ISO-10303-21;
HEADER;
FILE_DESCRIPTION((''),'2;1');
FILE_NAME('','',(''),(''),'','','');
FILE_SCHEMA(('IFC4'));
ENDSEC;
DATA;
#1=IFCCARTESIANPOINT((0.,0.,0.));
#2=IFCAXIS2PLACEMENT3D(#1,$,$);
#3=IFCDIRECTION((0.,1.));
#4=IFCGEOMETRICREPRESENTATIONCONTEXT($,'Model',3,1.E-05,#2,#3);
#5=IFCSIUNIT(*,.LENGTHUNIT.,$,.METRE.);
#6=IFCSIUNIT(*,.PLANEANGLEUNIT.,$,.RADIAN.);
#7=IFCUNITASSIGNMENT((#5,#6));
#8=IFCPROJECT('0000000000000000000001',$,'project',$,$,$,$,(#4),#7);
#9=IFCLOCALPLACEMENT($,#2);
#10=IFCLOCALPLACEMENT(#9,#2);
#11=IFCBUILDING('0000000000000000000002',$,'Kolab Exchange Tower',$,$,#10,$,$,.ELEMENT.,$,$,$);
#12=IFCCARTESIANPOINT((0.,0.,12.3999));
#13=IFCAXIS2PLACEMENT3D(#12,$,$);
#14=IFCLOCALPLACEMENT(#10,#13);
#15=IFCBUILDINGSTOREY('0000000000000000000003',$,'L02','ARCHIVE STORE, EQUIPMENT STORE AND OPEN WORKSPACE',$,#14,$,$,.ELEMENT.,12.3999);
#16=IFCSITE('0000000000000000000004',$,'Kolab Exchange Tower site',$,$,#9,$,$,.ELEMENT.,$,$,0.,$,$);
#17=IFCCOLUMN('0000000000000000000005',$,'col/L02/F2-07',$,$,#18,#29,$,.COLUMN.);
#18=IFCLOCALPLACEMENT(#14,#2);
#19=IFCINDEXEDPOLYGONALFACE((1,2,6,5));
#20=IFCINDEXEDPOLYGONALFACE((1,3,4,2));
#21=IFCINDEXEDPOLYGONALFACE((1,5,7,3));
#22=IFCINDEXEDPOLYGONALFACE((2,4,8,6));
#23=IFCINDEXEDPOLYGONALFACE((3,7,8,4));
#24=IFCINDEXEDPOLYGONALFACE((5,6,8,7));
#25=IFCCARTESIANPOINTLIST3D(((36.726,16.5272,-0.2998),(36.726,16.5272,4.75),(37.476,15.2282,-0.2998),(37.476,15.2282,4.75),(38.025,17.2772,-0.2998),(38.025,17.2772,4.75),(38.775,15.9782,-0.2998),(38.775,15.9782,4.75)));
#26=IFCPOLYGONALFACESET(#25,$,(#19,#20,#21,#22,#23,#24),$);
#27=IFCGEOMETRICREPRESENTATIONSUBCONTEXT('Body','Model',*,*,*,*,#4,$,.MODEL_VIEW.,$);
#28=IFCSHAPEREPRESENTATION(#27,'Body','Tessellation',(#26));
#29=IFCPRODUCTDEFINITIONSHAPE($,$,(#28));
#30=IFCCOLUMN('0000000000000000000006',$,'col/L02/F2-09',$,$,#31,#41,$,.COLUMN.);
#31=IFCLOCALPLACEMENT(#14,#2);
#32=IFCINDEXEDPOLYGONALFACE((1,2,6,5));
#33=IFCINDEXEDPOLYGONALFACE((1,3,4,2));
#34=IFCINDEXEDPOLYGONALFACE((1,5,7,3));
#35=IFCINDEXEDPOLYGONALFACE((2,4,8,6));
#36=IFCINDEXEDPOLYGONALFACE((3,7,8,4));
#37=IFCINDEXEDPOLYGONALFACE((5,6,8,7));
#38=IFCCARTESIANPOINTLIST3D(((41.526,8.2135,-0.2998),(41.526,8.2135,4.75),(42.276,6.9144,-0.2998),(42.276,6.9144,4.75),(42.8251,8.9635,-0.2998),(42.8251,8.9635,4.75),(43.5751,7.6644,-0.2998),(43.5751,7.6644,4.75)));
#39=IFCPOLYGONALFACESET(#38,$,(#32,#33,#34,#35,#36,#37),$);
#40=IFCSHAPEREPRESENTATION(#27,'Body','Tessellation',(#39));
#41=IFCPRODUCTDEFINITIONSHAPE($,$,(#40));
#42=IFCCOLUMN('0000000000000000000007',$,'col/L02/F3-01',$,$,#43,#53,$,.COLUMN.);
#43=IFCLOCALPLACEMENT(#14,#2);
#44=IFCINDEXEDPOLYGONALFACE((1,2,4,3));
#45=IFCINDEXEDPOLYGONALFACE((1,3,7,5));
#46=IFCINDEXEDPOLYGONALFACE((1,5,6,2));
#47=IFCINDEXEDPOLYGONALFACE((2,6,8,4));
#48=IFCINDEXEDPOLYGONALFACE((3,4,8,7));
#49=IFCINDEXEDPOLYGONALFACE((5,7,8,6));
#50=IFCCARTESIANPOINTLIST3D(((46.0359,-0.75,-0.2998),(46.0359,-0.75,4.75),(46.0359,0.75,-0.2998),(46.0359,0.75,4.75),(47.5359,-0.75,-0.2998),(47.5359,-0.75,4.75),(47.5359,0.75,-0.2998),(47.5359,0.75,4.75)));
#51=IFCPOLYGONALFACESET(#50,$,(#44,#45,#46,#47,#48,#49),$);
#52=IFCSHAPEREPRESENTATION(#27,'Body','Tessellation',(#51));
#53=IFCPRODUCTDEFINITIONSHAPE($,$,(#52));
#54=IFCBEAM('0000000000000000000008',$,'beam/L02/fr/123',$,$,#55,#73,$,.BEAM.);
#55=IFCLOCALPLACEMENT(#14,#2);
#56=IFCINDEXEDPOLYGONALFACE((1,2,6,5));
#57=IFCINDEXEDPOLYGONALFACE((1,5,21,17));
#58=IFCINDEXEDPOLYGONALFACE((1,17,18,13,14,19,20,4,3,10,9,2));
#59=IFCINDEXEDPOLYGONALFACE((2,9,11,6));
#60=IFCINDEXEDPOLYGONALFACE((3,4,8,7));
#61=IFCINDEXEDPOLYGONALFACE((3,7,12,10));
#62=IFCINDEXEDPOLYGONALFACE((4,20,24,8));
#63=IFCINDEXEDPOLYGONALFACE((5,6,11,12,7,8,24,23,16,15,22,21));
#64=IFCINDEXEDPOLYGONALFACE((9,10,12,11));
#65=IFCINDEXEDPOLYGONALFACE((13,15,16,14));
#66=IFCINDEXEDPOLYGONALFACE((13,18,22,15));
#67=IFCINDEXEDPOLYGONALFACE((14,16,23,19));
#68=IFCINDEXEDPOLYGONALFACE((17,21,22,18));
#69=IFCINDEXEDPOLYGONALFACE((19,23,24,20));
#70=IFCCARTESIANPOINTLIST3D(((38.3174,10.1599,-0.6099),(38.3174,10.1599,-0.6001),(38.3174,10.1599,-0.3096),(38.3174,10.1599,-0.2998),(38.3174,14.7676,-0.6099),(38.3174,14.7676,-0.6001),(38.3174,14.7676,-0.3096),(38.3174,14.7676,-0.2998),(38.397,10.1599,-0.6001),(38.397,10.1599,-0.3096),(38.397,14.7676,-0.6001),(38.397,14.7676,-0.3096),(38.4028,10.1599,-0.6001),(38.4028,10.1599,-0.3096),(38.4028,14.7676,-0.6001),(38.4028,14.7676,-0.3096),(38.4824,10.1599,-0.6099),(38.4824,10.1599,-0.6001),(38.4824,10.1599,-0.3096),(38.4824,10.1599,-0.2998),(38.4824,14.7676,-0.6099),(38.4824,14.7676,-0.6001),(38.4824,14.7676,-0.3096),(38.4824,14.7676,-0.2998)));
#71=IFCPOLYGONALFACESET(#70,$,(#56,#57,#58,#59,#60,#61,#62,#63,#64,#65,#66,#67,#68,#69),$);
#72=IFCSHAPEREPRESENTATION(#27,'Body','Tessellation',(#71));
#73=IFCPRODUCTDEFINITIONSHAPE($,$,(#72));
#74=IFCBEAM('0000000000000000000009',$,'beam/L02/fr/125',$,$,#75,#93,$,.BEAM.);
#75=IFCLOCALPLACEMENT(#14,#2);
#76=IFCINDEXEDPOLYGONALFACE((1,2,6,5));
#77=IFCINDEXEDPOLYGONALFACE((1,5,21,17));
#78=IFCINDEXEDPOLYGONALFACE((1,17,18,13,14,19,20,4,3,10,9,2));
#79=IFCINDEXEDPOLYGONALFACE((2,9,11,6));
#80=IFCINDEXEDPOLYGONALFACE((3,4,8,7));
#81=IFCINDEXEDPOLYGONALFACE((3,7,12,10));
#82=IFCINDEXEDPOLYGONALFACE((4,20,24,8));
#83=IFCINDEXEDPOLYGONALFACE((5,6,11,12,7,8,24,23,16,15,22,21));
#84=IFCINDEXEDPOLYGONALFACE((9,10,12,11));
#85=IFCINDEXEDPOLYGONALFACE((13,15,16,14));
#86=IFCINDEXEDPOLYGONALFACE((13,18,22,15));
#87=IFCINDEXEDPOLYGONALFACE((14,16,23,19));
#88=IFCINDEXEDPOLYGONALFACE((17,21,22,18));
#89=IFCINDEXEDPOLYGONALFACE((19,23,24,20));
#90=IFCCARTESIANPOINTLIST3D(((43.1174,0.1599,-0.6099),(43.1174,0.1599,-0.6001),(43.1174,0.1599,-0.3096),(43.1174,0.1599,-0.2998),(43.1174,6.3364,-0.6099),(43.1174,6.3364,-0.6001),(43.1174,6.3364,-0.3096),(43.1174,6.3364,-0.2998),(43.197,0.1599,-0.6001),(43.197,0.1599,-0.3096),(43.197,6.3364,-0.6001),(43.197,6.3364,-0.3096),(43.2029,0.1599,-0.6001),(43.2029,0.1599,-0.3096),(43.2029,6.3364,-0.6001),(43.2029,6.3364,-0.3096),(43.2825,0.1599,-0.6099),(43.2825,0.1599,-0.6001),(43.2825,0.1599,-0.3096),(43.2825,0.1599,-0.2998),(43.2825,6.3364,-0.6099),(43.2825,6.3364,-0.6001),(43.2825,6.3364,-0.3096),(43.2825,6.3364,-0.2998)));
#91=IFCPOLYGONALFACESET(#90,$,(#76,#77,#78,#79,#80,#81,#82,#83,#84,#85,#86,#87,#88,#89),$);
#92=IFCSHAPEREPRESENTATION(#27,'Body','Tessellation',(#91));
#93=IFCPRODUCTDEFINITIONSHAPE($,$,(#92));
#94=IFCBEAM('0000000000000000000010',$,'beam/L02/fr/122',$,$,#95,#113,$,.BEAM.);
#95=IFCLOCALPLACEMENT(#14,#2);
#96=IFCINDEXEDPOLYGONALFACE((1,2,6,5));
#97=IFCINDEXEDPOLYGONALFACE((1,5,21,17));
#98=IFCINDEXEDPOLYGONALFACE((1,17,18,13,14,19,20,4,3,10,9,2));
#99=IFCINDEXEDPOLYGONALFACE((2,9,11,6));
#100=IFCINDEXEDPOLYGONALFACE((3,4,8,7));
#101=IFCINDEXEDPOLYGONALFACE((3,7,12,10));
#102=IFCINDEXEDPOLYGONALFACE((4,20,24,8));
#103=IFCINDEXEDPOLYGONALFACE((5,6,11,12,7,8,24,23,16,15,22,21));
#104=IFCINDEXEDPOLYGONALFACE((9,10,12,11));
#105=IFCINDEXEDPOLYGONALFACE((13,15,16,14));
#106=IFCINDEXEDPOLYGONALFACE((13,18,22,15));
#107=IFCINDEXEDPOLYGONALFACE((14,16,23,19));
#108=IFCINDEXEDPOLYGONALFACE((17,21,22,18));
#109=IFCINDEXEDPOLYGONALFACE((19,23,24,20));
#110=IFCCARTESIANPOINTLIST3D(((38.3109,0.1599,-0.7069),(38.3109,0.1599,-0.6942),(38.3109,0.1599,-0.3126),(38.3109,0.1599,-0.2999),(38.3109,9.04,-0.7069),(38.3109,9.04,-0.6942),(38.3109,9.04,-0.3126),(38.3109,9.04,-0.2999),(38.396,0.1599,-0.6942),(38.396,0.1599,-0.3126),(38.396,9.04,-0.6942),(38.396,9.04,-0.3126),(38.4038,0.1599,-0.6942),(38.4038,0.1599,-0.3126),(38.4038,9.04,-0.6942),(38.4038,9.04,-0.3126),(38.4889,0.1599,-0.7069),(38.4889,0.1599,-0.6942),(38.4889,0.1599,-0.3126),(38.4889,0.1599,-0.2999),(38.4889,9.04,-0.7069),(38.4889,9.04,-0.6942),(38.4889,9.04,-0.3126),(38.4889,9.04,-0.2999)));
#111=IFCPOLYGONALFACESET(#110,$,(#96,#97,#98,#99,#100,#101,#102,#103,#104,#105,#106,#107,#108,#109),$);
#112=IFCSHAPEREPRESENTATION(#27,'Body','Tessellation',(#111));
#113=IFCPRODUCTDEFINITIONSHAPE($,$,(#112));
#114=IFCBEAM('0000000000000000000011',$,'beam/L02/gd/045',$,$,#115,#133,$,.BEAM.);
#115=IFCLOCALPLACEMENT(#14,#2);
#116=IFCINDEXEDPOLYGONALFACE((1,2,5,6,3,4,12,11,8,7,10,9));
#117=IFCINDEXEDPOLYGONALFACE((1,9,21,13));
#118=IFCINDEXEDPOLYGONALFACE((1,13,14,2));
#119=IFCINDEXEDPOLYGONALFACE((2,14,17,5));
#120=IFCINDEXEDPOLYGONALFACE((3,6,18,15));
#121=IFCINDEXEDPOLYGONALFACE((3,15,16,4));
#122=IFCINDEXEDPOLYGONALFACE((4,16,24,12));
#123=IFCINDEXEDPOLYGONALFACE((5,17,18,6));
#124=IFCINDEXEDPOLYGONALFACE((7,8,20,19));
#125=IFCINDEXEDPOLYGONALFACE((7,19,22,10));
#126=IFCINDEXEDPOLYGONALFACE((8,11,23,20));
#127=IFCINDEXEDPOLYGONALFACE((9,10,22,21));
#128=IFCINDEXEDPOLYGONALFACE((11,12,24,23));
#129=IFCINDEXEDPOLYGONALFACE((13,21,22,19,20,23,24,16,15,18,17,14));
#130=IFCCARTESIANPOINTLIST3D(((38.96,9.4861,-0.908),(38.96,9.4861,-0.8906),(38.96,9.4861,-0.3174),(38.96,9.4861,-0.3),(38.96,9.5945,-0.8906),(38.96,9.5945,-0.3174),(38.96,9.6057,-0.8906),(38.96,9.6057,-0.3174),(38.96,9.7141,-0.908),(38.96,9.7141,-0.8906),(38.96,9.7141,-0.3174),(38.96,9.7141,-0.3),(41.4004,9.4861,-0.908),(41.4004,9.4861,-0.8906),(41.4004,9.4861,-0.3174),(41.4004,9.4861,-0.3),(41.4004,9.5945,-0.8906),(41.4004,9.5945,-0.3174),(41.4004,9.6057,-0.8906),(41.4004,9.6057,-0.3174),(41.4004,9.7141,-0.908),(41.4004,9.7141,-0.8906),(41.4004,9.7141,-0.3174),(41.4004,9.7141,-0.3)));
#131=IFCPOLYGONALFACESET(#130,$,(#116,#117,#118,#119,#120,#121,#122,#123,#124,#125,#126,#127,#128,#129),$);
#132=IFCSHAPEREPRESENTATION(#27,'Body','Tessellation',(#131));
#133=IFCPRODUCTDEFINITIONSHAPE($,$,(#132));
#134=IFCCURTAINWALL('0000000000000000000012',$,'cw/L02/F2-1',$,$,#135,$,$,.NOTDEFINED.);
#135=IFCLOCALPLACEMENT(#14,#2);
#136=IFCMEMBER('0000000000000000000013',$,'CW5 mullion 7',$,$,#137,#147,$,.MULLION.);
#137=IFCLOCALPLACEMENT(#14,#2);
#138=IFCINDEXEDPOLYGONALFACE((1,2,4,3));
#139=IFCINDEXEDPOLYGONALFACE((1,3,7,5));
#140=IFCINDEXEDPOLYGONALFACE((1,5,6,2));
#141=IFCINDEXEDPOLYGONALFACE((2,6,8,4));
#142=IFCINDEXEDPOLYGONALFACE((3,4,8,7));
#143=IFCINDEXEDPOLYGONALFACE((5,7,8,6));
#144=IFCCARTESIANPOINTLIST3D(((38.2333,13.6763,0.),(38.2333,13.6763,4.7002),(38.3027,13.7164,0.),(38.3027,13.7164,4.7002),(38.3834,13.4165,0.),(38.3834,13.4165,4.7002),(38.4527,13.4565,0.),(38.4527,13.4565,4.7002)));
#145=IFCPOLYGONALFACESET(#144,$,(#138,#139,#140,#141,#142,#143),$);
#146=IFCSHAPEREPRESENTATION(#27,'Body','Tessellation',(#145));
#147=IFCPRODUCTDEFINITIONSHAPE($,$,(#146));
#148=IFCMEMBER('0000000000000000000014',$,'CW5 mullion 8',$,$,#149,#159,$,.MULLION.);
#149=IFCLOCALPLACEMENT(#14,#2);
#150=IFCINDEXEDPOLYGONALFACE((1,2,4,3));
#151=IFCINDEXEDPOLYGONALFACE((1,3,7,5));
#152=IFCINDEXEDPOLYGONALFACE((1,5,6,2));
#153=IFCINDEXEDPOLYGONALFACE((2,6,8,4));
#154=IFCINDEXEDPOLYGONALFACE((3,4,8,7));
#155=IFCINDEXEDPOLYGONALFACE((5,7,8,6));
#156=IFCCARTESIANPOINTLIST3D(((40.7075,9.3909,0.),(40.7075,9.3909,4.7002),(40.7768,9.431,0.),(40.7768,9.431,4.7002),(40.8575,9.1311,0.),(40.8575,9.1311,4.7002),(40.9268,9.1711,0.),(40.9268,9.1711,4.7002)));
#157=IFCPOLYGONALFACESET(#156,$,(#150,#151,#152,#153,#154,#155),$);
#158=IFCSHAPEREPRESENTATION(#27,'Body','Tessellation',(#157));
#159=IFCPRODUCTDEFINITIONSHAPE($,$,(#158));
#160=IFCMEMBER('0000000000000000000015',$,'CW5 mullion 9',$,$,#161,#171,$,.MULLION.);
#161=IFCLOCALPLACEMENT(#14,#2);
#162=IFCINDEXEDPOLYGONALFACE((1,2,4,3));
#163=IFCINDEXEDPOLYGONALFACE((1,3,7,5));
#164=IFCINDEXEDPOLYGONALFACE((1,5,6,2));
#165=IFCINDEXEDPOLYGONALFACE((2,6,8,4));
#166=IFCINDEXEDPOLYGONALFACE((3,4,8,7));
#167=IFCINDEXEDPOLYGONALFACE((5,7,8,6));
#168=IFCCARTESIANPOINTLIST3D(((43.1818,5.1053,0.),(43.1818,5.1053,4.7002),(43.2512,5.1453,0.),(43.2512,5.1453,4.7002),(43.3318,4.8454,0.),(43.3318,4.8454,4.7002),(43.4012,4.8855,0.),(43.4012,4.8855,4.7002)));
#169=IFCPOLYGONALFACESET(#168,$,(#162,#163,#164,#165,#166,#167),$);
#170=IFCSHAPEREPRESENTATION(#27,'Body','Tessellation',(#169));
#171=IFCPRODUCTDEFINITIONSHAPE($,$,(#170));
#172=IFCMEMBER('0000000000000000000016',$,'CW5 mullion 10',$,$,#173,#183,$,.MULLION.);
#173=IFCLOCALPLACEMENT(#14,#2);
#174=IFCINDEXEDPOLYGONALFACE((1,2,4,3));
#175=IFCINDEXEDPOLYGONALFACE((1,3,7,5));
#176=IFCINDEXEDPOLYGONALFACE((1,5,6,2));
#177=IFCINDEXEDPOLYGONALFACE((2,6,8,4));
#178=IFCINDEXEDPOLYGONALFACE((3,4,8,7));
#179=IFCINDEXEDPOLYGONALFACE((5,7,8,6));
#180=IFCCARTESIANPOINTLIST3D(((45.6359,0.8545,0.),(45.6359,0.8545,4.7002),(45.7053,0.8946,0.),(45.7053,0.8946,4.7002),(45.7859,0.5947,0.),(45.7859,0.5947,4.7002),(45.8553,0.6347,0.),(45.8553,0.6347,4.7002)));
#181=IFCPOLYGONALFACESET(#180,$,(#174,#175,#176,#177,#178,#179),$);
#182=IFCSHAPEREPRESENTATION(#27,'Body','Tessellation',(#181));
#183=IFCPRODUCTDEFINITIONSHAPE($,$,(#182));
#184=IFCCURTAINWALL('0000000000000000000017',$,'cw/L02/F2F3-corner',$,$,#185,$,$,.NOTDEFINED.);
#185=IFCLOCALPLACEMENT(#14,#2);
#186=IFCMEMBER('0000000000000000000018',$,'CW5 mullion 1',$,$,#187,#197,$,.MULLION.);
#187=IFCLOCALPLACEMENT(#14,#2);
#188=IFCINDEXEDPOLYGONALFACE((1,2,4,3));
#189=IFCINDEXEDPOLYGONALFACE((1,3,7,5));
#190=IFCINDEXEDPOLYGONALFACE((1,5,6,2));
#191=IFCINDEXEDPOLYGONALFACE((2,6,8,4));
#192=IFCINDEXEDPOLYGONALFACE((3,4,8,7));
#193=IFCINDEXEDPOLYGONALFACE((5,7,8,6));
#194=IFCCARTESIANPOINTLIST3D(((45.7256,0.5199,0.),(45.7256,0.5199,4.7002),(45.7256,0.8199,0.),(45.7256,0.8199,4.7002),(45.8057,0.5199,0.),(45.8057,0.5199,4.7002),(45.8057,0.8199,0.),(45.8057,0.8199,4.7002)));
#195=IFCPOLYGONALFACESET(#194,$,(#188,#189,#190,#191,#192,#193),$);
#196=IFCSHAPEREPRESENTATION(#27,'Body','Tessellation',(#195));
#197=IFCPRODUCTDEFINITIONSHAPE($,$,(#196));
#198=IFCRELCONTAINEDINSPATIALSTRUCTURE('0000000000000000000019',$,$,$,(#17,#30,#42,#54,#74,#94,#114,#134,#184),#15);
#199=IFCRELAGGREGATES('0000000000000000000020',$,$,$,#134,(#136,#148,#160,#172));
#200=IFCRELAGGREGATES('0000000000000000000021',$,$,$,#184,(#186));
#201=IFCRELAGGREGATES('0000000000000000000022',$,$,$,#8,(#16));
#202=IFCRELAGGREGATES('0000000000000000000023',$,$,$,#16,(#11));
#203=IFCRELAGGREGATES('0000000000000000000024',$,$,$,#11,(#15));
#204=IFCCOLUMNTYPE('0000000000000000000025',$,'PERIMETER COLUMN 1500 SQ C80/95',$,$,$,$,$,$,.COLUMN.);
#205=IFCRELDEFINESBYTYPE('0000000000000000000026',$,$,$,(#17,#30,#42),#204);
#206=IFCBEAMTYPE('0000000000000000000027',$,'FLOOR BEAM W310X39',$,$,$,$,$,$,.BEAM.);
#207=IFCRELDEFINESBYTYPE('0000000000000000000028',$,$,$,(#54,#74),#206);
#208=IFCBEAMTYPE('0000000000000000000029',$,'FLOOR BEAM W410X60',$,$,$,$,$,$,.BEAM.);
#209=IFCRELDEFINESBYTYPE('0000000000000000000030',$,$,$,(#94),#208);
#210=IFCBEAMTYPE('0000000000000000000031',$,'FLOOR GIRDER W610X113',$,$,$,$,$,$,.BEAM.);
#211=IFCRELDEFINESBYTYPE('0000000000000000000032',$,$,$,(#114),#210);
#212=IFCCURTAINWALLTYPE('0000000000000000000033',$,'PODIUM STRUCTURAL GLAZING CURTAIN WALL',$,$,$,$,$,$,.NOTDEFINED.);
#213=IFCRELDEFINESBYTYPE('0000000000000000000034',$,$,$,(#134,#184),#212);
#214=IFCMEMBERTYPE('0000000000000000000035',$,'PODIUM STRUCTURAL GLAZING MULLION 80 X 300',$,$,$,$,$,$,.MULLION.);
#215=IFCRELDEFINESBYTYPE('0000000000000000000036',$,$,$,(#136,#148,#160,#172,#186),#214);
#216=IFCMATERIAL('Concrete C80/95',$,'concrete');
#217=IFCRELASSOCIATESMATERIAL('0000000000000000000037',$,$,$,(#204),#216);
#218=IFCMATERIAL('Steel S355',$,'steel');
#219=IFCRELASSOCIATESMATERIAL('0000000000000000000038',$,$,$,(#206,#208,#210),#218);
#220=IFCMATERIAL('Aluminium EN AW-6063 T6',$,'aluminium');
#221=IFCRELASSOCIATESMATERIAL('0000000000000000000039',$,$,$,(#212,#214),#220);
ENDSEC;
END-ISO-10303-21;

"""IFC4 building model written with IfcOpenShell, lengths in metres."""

from ifc_helpers import new_model, si_unit, direction, frame, origin, origin_2d, place, context, subcontext, project, spatial, rectangle, i_section, extrude, material, material_profile, profile_set, type_object, element, aggregate, save


model = new_model("IFC4")

# Units and contexts
model_context = context("Model", 3, precision=1e-05, world=origin(), true_north=direction((0.0, 1.0)))
body_context = subcontext(model_context, "Body", "Model", "MODEL_VIEW")
ifc_project = project(units=[si_unit("LENGTHUNIT", "METRE"), si_unit("PLANEANGLEUNIT", "RADIAN")], contexts=[model_context])

# Site, building, storey
site_placement = place(None, origin())
site = spatial("IfcSite", under=ifc_project, at=site_placement, Name="Kolab Exchange Tower site", CompositionType="ELEMENT", RefElevation=0.0)
building_placement = place(site_placement, origin())
building = spatial("IfcBuilding", under=site, at=building_placement, Name="Kolab Exchange Tower", CompositionType="ELEMENT")
storey_placement = place(building_placement, frame((0.0, 0.0, 12.3999)))
storey = spatial("IfcBuildingStorey", under=building, at=storey_placement, Name="L02", Description="ARCHIVE STORE, EQUIPMENT STORE AND OPEN WORKSPACE", CompositionType="ELEMENT", Elevation=12.3999)

# Columns
ifc_material_1 = material(Name="Concrete C80/95", Category="concrete")
ifc_material_profile_1 = material_profile(ifc_material_1, rectangle(XDim=1.5, YDim=1.5, at=origin_2d()), Name="RC1500")
ifc_profile_set_1 = profile_set([ifc_material_profile_1], Name="Concrete C80/95")
column_type = type_object("IfcColumnType", Name="PERIMETER COLUMN 1500 SQ C80/95", PredefinedType="COLUMN", material=ifc_profile_set_1)
for number, where, z_axis, x_axis, name in (
    (1, (37.7505, 16.2527, -0.2998), (0.0, 0.0, 1.0), (0.866025, 0.5, 0.0), "col/L02/F2-07"),
    (2, (42.5505, 7.939, -0.2998), (0.0, 0.0, 1.0), (0.866025, 0.5, 0.0), "col/L02/F2-09"),
    (3, (46.7859, 0.0, -0.2998), (0.0, 0.0, 1.0), (1.0, 0.0, 0.0), "col/L02/F3-01"),
):
    element("IfcColumn", number, at=place(storey_placement, frame(where, z_axis=z_axis, x_axis=x_axis)), inside=storey, type_object=column_type, Name=name, PredefinedType="COLUMN", context=body_context, shape_type="SweptSolid", body=[
        extrude(rectangle(XDim=1.5, YDim=1.5, at=origin_2d()), origin(), (0.0, 0.0, 1.0), 5.0498),
    ])

# Beams
ifc_material_2 = material(Name="Steel S355", Category="steel")
ifc_material_profile_2 = material_profile(ifc_material_2, i_section(OverallWidth=0.165, OverallDepth=0.3101, WebThickness=0.0059, FlangeThickness=0.0098, at=origin_2d()), Name="W310X39")
ifc_profile_set_2 = profile_set([ifc_material_profile_2], Name="Steel S355")
beam_type_1 = type_object("IfcBeamType", Name="FLOOR BEAM W310X39", PredefinedType="BEAM", material=ifc_profile_set_2)
beam_1_placement = place(storey_placement, frame((38.3999, 10.1599, -0.4548), z_axis=(0.0, 1.0, 0.0), x_axis=(-1.0, 0.0, 0.0)))
element("IfcBeam", 4, at=beam_1_placement, inside=storey, type_object=beam_type_1, Name="beam/L02/fr/123", PredefinedType="BEAM", context=body_context, shape_type="SweptSolid", body=[
    extrude(i_section(OverallWidth=0.165, OverallDepth=0.3101, WebThickness=0.0059, FlangeThickness=0.0098, at=origin_2d()), origin(), (0.0, 0.0, 1.0), 4.6077),
])
beam_2_placement = place(storey_placement, frame((43.2, 0.1599, -0.4548), z_axis=(0.0, 1.0, 0.0), x_axis=(-1.0, 0.0, 0.0)))
element("IfcBeam", 5, at=beam_2_placement, inside=storey, type_object=beam_type_1, Name="beam/L02/fr/125", PredefinedType="BEAM", context=body_context, shape_type="SweptSolid", body=[
    extrude(i_section(OverallWidth=0.165, OverallDepth=0.3101, WebThickness=0.0059, FlangeThickness=0.0098, at=origin_2d()), origin(), (0.0, 0.0, 1.0), 6.1765),
])
ifc_material_profile_3 = material_profile(ifc_material_2, i_section(OverallWidth=0.178, OverallDepth=0.407, WebThickness=0.0078, FlangeThickness=0.0127, at=origin_2d()), Name="W410X60")
ifc_profile_set_3 = profile_set([ifc_material_profile_3], Name="Steel S355")
beam_type_2 = type_object("IfcBeamType", Name="FLOOR BEAM W410X60", PredefinedType="BEAM", material=ifc_profile_set_3)
beam_3_placement = place(storey_placement, frame((38.3999, 0.1599, -0.5034), z_axis=(0.0, 1.0, 0.0), x_axis=(-1.0, 0.0, 0.0)))
element("IfcBeam", 6, at=beam_3_placement, inside=storey, type_object=beam_type_2, Name="beam/L02/fr/122", PredefinedType="BEAM", context=body_context, shape_type="SweptSolid", body=[
    extrude(i_section(OverallWidth=0.178, OverallDepth=0.407, WebThickness=0.0078, FlangeThickness=0.0127, at=origin_2d()), origin(), (0.0, 0.0, 1.0), 8.8801),
])
ifc_material_profile_4 = material_profile(ifc_material_2, i_section(OverallWidth=0.228, OverallDepth=0.6079, WebThickness=0.0112, FlangeThickness=0.0173, at=origin_2d()), Name="W610X113")
ifc_profile_set_4 = profile_set([ifc_material_profile_4], Name="Steel S355")
beam_type_3 = type_object("IfcBeamType", Name="FLOOR GIRDER W610X113", PredefinedType="BEAM", material=ifc_profile_set_4)
beam_4_placement = place(storey_placement, frame((38.96, 9.6001, -0.604), z_axis=(1.0, 0.0, 0.0), x_axis=(0.0, 1.0, 0.0)))
element("IfcBeam", 7, at=beam_4_placement, inside=storey, type_object=beam_type_3, Name="beam/L02/gd/045", PredefinedType="BEAM", context=body_context, shape_type="SweptSolid", body=[
    extrude(i_section(OverallWidth=0.228, OverallDepth=0.6079, WebThickness=0.0112, FlangeThickness=0.0173, at=origin_2d()), origin(), (0.0, 0.0, 1.0), 2.4404),
])

# Curtain wall, members
ifc_material_3 = material(Name="Aluminium EN AW-6063 T6", Category="aluminium")
curtain_wall_type = type_object("IfcCurtainWallType", Name="PODIUM STRUCTURAL GLAZING CURTAIN WALL", PredefinedType="NOTDEFINED", material=ifc_material_3)
curtain_wall_1_placement = place(storey_placement, origin())
curtain_wall_1 = element("IfcCurtainWall", 8, at=curtain_wall_1_placement, inside=storey, type_object=curtain_wall_type, Name="cw/L02/F2-1", PredefinedType="NOTDEFINED")
ifc_material_profile_5 = material_profile(ifc_material_3, rectangle(XDim=0.0801, YDim=0.3, at=origin_2d()), Name="RECT 80X300")
ifc_profile_set_5 = profile_set([ifc_material_profile_5], Name="Aluminium EN AW-6063 T6")
member_type_1 = type_object("IfcMemberType", Name="PODIUM STRUCTURAL GLAZING MULLION 80 X 300", PredefinedType="MULLION", material=ifc_profile_set_5)
member_1_placement = place(storey_placement, frame((38.343, 13.5664, 0.0), z_axis=(0.0, 0.0, 1.0), x_axis=(0.866025, 0.5, 0.0)))
member_1 = element("IfcMember", 9, at=member_1_placement, type_object=member_type_1, Name="CW5 mullion 7", PredefinedType="MULLION", context=body_context, shape_type="SweptSolid", body=[
    extrude(rectangle(XDim=0.0801, YDim=0.3, at=origin_2d()), origin(), (0.0, 0.0, 1.0), 4.7002),
])
member_2_placement = place(storey_placement, frame((40.8171, 9.281, 0.0), z_axis=(0.0, 0.0, 1.0), x_axis=(0.866025, 0.5, 0.0)))
member_2 = element("IfcMember", 10, at=member_2_placement, type_object=member_type_1, Name="CW5 mullion 8", PredefinedType="MULLION", context=body_context, shape_type="SweptSolid", body=[
    extrude(rectangle(XDim=0.0801, YDim=0.3, at=origin_2d()), origin(), (0.0, 0.0, 1.0), 4.7002),
])
member_3_placement = place(storey_placement, frame((43.2915, 4.9954, 0.0), z_axis=(0.0, 0.0, 1.0), x_axis=(0.866025, 0.5, 0.0)))
member_3 = element("IfcMember", 11, at=member_3_placement, type_object=member_type_1, Name="CW5 mullion 9", PredefinedType="MULLION", context=body_context, shape_type="SweptSolid", body=[
    extrude(rectangle(XDim=0.0801, YDim=0.3, at=origin_2d()), origin(), (0.0, 0.0, 1.0), 4.7002),
])
member_4_placement = place(storey_placement, frame((45.7456, 0.7446, 0.0), z_axis=(0.0, 0.0, 1.0), x_axis=(0.866025, 0.5, 0.0)))
member_4 = element("IfcMember", 12, at=member_4_placement, type_object=member_type_1, Name="CW5 mullion 10", PredefinedType="MULLION", context=body_context, shape_type="SweptSolid", body=[
    extrude(rectangle(XDim=0.0801, YDim=0.3, at=origin_2d()), origin(), (0.0, 0.0, 1.0), 4.7002),
])

# Curtain wall, member
curtain_wall_2_placement = place(storey_placement, origin())
curtain_wall_2 = element("IfcCurtainWall", 13, at=curtain_wall_2_placement, inside=storey, type_object=curtain_wall_type, Name="cw/L02/F2F3-corner", PredefinedType="NOTDEFINED")
member_5_placement = place(storey_placement, frame((45.7656, 0.6699, 0.0), z_axis=(0.0, 0.0, 1.0), x_axis=(1.0, 0.0, 0.0)))
member_5 = element("IfcMember", 14, at=member_5_placement, type_object=member_type_1, Name="CW5 mullion 1", PredefinedType="MULLION", context=body_context, shape_type="SweptSolid", body=[
    extrude(rectangle(XDim=0.0801, YDim=0.3, at=origin_2d()), origin(), (0.0, 0.0, 1.0), 4.7002),
])

aggregate(curtain_wall_1, [member_1, member_2, member_3, member_4])
aggregate(curtain_wall_2, [member_5])

save(model, "model.ifc")
